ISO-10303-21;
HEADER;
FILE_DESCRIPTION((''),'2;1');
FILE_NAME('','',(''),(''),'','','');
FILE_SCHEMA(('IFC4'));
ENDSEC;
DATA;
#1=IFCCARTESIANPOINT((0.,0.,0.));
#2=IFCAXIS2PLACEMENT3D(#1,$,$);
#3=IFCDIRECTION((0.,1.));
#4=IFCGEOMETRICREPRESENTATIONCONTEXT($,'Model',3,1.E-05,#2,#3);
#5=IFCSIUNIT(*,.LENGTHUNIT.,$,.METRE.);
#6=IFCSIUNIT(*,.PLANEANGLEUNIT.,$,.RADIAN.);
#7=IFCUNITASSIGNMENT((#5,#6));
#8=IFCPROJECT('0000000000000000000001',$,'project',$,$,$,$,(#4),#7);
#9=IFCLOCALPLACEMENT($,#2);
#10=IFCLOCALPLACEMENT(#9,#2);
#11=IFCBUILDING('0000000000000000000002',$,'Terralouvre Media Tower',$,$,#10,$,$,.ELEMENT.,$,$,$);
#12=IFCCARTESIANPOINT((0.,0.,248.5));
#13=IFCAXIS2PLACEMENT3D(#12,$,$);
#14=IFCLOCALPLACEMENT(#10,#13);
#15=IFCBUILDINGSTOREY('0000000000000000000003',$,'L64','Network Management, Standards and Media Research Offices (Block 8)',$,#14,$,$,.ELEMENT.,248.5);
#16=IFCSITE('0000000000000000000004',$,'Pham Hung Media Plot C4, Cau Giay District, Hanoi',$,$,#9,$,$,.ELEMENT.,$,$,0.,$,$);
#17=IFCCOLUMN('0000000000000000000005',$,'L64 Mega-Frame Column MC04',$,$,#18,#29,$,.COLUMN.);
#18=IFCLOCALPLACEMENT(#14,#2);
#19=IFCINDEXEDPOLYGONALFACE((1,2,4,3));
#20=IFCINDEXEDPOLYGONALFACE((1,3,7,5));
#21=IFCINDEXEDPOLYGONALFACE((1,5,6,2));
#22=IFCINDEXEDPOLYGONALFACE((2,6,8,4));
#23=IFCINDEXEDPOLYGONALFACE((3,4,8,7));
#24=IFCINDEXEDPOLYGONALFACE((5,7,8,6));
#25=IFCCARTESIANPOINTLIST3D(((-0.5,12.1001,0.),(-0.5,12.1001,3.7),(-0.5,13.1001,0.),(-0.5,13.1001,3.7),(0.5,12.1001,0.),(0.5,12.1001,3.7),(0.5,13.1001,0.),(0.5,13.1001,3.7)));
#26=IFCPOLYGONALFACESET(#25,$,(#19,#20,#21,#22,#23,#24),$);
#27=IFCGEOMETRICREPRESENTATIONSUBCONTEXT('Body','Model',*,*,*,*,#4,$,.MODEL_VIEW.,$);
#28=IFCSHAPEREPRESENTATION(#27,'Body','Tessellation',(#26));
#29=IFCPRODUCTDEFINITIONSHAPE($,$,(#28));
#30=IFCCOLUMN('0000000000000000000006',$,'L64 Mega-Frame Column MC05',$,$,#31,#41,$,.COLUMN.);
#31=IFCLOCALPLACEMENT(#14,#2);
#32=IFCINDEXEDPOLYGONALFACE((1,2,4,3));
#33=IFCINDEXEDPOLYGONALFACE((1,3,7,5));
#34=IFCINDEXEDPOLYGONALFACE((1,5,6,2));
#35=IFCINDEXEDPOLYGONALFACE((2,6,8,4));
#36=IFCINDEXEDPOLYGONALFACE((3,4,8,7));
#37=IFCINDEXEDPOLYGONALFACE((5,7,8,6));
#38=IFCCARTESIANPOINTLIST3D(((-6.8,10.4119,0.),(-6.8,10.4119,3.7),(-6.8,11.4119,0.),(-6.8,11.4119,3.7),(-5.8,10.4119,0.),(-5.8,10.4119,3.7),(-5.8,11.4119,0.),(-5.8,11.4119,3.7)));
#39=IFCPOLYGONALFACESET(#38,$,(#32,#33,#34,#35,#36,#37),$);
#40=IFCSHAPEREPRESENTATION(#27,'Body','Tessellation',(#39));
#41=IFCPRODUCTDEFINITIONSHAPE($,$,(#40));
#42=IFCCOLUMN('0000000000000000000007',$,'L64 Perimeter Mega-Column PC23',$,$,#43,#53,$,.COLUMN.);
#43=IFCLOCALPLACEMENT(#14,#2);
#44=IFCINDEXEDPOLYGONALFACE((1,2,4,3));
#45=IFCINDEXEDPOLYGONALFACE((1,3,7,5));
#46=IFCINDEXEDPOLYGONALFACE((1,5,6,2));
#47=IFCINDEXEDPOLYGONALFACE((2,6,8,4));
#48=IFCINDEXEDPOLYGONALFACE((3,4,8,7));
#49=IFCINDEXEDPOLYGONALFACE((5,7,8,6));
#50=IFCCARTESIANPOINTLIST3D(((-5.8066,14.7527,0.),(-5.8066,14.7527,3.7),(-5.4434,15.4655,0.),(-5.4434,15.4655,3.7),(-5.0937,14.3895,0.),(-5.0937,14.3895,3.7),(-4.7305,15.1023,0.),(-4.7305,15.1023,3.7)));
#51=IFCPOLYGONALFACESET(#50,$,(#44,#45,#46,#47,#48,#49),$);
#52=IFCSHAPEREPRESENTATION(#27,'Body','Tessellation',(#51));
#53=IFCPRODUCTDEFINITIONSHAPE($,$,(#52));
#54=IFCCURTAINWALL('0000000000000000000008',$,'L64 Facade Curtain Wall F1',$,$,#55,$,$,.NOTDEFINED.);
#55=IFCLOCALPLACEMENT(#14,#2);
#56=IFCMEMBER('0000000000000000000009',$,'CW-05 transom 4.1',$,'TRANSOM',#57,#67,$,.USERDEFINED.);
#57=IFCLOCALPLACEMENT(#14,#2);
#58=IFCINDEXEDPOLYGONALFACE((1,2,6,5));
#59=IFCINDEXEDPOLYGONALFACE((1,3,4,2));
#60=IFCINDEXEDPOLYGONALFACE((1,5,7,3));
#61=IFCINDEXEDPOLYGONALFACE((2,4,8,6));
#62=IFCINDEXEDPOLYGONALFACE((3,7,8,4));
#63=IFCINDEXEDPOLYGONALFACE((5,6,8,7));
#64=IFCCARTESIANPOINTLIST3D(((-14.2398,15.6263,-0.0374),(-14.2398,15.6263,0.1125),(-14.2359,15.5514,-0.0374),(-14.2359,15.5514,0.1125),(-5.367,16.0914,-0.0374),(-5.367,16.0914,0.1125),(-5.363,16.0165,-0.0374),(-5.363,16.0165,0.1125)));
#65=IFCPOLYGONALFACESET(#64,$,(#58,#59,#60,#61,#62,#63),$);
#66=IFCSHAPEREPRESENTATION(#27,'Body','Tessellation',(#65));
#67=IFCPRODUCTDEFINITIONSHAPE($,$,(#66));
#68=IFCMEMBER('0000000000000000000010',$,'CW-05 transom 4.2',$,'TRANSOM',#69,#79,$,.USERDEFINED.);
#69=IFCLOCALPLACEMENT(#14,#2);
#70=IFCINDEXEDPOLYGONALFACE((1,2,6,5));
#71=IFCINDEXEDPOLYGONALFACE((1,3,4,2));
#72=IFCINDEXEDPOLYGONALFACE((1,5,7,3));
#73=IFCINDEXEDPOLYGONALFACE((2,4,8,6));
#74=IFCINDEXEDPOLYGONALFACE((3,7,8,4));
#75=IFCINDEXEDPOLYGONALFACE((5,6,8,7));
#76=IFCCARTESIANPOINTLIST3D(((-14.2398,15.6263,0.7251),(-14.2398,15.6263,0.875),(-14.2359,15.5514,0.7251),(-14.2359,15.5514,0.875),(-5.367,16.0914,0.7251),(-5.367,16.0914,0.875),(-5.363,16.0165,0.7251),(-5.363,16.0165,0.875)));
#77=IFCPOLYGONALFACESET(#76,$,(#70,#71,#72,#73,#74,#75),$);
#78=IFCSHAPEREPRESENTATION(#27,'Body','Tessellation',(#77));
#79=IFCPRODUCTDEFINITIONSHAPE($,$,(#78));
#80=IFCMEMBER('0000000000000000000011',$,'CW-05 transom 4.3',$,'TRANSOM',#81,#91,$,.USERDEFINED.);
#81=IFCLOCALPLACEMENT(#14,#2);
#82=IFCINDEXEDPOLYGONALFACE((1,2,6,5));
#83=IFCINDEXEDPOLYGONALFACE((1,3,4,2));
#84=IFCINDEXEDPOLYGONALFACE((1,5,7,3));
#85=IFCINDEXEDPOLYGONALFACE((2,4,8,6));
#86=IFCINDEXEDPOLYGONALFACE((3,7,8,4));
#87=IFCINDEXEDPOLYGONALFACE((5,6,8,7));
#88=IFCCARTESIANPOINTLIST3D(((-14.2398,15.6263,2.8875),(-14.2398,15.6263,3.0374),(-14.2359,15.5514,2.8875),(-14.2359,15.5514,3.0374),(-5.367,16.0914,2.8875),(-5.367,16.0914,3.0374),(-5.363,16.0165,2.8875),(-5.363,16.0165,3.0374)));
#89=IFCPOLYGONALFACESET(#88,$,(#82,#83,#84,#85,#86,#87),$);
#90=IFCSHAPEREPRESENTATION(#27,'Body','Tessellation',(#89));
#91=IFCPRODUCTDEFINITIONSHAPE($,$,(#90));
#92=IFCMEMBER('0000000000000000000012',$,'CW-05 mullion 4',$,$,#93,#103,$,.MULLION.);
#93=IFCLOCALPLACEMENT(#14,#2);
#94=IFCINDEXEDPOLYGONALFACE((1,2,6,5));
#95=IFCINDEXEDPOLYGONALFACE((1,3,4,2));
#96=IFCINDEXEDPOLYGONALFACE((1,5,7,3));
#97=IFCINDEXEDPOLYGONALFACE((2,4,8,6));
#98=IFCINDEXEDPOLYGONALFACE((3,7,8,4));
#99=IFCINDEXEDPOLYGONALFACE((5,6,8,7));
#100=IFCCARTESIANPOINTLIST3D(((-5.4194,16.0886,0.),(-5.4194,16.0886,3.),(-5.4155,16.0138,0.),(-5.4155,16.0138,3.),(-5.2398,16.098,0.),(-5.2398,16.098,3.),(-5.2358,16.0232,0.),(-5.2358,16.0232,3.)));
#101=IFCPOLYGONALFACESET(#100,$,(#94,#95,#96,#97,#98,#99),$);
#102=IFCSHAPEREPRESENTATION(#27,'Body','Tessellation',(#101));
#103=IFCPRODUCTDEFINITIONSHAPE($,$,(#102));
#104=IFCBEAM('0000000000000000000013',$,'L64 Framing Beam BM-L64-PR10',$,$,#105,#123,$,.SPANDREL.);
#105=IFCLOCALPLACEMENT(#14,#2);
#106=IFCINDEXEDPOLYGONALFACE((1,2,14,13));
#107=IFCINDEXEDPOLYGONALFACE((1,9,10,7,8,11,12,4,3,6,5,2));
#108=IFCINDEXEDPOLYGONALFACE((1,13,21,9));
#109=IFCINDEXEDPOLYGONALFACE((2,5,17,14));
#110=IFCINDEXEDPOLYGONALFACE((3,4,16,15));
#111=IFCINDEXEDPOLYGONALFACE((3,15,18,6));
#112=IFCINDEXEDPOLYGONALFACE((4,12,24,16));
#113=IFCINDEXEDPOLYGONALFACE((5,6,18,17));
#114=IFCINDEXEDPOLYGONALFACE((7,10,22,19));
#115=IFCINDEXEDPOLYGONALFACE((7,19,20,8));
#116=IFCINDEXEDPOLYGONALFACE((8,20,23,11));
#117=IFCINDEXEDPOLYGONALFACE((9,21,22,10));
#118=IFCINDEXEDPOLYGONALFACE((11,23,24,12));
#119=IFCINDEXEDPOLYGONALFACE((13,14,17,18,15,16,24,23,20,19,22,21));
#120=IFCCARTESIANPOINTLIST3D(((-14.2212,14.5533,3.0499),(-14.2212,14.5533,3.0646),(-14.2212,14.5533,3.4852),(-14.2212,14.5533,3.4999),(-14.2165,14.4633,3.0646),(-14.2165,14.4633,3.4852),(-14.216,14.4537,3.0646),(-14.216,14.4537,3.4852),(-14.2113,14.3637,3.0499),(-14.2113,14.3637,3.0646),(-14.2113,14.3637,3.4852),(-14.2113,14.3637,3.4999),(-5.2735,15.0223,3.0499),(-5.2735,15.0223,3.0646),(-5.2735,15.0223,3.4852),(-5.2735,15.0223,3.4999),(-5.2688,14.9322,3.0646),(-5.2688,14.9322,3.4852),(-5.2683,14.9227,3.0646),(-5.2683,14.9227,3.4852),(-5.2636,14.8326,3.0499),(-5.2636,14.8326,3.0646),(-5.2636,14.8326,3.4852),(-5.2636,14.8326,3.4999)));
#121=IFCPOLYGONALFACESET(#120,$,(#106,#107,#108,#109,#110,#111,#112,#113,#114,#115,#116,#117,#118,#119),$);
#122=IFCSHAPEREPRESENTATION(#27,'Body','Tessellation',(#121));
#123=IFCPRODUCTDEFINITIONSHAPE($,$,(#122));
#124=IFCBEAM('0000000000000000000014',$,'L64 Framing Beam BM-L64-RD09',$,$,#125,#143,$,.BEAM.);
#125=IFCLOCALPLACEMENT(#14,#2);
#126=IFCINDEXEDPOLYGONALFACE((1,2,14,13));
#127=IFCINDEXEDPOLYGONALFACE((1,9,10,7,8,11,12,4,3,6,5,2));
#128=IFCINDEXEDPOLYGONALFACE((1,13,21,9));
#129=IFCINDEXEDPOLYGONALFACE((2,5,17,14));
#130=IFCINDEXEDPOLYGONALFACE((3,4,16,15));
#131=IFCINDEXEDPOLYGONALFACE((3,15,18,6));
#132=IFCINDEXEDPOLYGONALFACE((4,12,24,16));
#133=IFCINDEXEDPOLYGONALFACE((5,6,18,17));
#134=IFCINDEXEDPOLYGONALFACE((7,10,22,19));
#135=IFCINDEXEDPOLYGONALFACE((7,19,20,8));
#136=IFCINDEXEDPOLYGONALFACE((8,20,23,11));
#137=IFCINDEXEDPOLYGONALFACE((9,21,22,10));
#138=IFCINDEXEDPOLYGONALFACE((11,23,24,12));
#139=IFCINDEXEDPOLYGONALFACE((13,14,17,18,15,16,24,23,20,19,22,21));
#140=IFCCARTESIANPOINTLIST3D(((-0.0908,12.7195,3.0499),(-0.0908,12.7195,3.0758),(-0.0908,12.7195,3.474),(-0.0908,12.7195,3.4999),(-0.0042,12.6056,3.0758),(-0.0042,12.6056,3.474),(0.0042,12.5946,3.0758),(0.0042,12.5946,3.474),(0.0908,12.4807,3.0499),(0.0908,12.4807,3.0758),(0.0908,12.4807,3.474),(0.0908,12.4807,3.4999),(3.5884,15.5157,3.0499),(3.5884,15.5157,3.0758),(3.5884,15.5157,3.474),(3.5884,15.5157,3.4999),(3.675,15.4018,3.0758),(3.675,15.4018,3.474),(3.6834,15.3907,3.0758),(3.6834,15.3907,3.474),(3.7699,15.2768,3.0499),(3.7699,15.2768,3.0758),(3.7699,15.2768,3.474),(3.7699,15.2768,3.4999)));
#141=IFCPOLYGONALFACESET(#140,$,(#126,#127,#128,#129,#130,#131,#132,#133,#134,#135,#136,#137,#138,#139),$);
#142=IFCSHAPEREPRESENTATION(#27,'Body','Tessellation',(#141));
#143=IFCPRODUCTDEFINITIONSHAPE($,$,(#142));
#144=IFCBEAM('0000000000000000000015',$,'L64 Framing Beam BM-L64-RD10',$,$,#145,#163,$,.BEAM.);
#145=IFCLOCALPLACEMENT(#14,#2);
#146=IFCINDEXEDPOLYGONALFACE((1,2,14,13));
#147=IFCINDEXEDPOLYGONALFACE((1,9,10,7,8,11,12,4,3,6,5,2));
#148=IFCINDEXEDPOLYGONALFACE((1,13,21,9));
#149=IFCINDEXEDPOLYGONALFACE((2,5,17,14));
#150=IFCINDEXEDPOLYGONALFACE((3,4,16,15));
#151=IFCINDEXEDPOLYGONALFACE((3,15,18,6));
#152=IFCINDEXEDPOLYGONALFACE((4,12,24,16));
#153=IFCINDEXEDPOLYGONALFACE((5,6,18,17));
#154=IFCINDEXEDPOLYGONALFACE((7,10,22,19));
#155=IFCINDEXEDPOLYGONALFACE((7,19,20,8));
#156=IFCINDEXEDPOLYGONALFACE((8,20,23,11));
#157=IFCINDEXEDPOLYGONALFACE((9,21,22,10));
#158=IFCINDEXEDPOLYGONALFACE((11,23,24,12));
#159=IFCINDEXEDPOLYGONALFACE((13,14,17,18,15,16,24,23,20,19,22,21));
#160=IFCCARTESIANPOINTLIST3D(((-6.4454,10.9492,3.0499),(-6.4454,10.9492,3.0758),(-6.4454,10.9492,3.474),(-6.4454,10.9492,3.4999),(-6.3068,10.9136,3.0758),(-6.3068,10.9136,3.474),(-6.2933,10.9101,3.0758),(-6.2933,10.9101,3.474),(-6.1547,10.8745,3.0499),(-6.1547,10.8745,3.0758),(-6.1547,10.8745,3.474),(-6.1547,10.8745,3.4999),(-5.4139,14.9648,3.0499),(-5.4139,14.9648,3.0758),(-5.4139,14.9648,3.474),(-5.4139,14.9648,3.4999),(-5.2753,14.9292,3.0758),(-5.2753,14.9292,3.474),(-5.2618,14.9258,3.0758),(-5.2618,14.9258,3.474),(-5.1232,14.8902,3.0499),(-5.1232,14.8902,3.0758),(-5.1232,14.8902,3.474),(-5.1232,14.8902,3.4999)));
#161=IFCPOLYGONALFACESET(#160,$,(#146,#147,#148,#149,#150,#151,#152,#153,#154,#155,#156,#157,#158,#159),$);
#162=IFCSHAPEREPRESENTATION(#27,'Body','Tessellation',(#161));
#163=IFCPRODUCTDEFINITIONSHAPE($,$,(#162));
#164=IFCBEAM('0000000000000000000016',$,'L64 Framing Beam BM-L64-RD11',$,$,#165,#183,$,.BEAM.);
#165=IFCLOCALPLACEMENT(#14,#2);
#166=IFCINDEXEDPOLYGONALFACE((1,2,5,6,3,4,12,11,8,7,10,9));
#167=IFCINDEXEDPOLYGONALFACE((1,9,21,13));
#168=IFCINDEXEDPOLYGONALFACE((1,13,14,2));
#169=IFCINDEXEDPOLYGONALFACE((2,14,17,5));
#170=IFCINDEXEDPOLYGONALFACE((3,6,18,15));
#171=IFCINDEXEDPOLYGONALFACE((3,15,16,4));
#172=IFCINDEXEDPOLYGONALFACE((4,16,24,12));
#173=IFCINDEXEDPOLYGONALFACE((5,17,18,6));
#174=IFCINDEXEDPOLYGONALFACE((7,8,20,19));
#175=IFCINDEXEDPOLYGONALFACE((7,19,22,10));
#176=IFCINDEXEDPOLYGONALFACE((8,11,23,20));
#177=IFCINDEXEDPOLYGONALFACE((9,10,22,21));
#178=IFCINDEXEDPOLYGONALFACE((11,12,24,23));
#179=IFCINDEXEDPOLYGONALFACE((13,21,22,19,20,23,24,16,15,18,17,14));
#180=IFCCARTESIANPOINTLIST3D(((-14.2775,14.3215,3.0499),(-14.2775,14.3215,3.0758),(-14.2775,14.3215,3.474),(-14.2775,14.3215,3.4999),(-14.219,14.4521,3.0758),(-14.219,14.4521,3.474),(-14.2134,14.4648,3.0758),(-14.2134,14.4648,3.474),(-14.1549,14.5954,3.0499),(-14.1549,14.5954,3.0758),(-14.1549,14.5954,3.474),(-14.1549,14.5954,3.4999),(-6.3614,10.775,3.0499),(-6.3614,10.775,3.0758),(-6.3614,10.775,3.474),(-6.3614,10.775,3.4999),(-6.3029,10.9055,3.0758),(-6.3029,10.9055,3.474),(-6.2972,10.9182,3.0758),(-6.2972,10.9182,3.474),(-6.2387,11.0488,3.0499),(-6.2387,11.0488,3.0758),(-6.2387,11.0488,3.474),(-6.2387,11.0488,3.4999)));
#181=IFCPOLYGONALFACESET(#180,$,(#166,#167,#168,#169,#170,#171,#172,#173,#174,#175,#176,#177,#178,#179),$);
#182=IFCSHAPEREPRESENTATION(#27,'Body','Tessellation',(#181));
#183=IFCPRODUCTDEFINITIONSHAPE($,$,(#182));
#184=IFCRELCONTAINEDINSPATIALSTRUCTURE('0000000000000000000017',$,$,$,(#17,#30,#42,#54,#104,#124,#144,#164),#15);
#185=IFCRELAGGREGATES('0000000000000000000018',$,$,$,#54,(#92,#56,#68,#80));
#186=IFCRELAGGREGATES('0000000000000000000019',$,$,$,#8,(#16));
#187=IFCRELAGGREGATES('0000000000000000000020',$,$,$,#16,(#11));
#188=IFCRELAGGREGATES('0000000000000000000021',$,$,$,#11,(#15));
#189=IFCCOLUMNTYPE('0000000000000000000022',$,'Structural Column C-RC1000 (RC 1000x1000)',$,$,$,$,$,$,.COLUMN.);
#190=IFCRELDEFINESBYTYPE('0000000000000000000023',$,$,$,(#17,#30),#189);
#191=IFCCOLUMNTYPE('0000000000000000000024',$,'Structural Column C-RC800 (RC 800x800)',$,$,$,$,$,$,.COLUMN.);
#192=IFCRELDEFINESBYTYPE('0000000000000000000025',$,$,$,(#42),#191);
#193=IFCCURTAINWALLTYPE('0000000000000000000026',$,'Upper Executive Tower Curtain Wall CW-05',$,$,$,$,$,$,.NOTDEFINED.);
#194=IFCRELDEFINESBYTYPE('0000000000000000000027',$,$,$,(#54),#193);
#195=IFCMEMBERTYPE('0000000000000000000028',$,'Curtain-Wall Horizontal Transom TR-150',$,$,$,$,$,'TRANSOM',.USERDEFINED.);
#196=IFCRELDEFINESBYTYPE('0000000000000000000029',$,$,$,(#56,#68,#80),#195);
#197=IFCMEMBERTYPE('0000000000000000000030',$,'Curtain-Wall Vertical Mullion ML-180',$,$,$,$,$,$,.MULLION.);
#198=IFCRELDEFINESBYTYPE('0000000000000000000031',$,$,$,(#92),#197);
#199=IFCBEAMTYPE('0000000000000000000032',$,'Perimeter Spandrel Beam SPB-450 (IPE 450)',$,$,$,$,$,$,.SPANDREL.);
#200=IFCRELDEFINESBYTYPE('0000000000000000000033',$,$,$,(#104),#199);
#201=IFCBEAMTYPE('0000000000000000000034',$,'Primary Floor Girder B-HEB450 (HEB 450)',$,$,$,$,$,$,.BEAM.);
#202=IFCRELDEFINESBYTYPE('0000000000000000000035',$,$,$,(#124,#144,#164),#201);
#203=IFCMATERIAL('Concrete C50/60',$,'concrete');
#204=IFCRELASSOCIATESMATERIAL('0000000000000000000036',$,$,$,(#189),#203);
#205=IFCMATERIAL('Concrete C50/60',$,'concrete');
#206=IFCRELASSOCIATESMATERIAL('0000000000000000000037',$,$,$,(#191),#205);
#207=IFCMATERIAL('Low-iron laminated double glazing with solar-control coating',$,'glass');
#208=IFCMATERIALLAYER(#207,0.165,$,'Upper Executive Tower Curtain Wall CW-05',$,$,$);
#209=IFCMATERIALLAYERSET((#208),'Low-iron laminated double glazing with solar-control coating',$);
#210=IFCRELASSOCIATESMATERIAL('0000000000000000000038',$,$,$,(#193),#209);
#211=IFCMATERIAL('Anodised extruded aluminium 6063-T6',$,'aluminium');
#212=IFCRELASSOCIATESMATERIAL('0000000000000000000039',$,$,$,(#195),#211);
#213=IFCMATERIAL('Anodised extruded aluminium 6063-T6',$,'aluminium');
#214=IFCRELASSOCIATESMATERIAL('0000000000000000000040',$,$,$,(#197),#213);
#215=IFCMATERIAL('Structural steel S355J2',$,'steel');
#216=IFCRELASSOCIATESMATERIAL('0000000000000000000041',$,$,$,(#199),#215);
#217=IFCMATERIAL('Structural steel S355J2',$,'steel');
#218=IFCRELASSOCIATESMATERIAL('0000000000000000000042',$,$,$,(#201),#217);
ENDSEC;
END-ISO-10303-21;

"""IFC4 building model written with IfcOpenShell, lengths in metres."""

from ifc_helpers import new_model, si_unit, direction, frame, origin, origin_2d, place, context, subcontext, project, spatial, rectangle, i_section, extrude, material, layer, layer_set, material_profile, profile_set, type_object, element, aggregate, save


model = new_model("IFC4")

# Units and contexts
model_context = context("Model", 3, precision=1e-05, world=origin(), true_north=direction((0.0, 1.0)))
body_context = subcontext(model_context, "Body", "Model", "MODEL_VIEW")
ifc_project = project(units=[si_unit("LENGTHUNIT", "METRE"), si_unit("PLANEANGLEUNIT", "RADIAN")], contexts=[model_context])

# Site, building, storey
site_placement = place(None, origin())
site = spatial("IfcSite", under=ifc_project, at=site_placement, Name="Pham Hung Media Plot C4, Cau Giay District, Hanoi", CompositionType="ELEMENT", RefElevation=0.0)
building_placement = place(site_placement, origin())
building = spatial("IfcBuilding", under=site, at=building_placement, Name="Terralouvre Media Tower", CompositionType="ELEMENT")
storey_placement = place(building_placement, frame((0.0, 0.0, 248.5)))
storey = spatial("IfcBuildingStorey", under=building, at=storey_placement, Name="L64", Description="Network Management, Standards and Media Research Offices (Block 8)", CompositionType="ELEMENT", Elevation=248.5)

# Columns
ifc_material_1 = material(Name="Concrete C50/60", Category="concrete")
ifc_material_profile_1 = material_profile(ifc_material_1, rectangle(XDim=1.0, YDim=1.0, at=origin_2d()), Name="RC 1000x1000")
ifc_profile_set_1 = profile_set([ifc_material_profile_1], Name="Concrete C50/60")
column_type_1 = type_object("IfcColumnType", Name="Structural Column C-RC1000 (RC 1000x1000)", PredefinedType="COLUMN", material=ifc_profile_set_1)
for number, where, z_axis, x_axis, name in (
    (1, (0.0, 12.6001, 0.0), (0.0, 0.0, 1.0), (1.0, 0.0, 0.0), "L64 Mega-Frame Column MC04"),
    (2, (-6.3, 10.9119, 0.0), (0.0, 0.0, 1.0), (1.0, 0.0, 0.0), "L64 Mega-Frame Column MC05"),
):
    element("IfcColumn", number, at=place(storey_placement, frame(where, z_axis=z_axis, x_axis=x_axis)), inside=storey, type_object=column_type_1, Name=name, PredefinedType="COLUMN", context=body_context, shape_type="SweptSolid", body=[
        extrude(rectangle(XDim=1.0, YDim=1.0, at=origin_2d()), origin(), (0.0, 0.0, 1.0), 3.7),
    ])
ifc_material_2 = material(Name="Concrete C50/60", Category="concrete")
ifc_material_profile_2 = material_profile(ifc_material_2, rectangle(XDim=0.8, YDim=0.8, at=origin_2d()), Name="RC 800x800")
ifc_profile_set_2 = profile_set([ifc_material_profile_2], Name="Concrete C50/60")
column_type_2 = type_object("IfcColumnType", Name="Structural Column C-RC800 (RC 800x800)", PredefinedType="COLUMN", material=ifc_profile_set_2)
column_placement = place(storey_placement, frame((-5.2686, 14.9275, 0.0), z_axis=(0.0, 0.0, 1.0), x_axis=(0.45399, 0.891007, 0.0)))
element("IfcColumn", 3, at=column_placement, inside=storey, type_object=column_type_2, Name="L64 Perimeter Mega-Column PC23", PredefinedType="COLUMN", context=body_context, shape_type="SweptSolid", body=[
    extrude(rectangle(XDim=0.8, YDim=0.8, at=origin_2d()), origin(), (0.0, 0.0, 1.0), 3.7),
])

# Curtain wall, members
ifc_material_3 = material(Name="Low-iron laminated double glazing with solar-control coating", Category="glass")
ifc_layer_1 = layer(ifc_material_3, 0.165, Name="Upper Executive Tower Curtain Wall CW-05")
ifc_layer_set_1 = layer_set([ifc_layer_1], Name="Low-iron laminated double glazing with solar-control coating")
curtain_wall_type = type_object("IfcCurtainWallType", Name="Upper Executive Tower Curtain Wall CW-05", PredefinedType="NOTDEFINED", material=ifc_layer_set_1)
curtain_wall_placement = place(storey_placement, origin())
curtain_wall = element("IfcCurtainWall", 4, at=curtain_wall_placement, inside=storey, type_object=curtain_wall_type, Name="L64 Facade Curtain Wall F1", PredefinedType="NOTDEFINED")
ifc_material_4 = material(Name="Anodised extruded aluminium 6063-T6", Category="aluminium")
ifc_material_profile_3 = material_profile(ifc_material_4, rectangle(XDim=0.075, YDim=0.1499, at=origin_2d()), Name="ALU 75x150")
ifc_profile_set_3 = profile_set([ifc_material_profile_3], Name="Anodised extruded aluminium 6063-T6")
member_type_1 = type_object("IfcMemberType", Name="Curtain-Wall Horizontal Transom TR-150", ElementType="TRANSOM", PredefinedType="USERDEFINED", material=ifc_profile_set_3)
member_1_placement = place(storey_placement, frame((-5.365, 16.054, 0.0376), z_axis=(-0.998629, -0.052345, 0.0), x_axis=(0.052345, -0.998629, 0.0)))
member_1 = element("IfcMember", 5, at=member_1_placement, type_object=member_type_1, Name="CW-05 transom 4.1", ObjectType="TRANSOM", PredefinedType="USERDEFINED", context=body_context, shape_type="SweptSolid", body=[
    extrude(rectangle(XDim=0.075, YDim=0.1499, at=origin_2d()), origin(), (0.0, 0.0, 1.0), 8.885),
])
member_2_placement = place(storey_placement, frame((-5.365, 16.054, 0.8), z_axis=(-0.998629, -0.052345, 0.0), x_axis=(0.052345, -0.998629, 0.0)))
member_2 = element("IfcMember", 6, at=member_2_placement, type_object=member_type_1, Name="CW-05 transom 4.2", ObjectType="TRANSOM", PredefinedType="USERDEFINED", context=body_context, shape_type="SweptSolid", body=[
    extrude(rectangle(XDim=0.075, YDim=0.1499, at=origin_2d()), origin(), (0.0, 0.0, 1.0), 8.885),
])
member_3_placement = place(storey_placement, frame((-5.365, 16.054, 2.9624), z_axis=(-0.998629, -0.052345, 0.0), x_axis=(0.052345, -0.998629, 0.0)))
member_3 = element("IfcMember", 7, at=member_3_placement, type_object=member_type_1, Name="CW-05 transom 4.3", ObjectType="TRANSOM", PredefinedType="USERDEFINED", context=body_context, shape_type="SweptSolid", body=[
    extrude(rectangle(XDim=0.075, YDim=0.1499, at=origin_2d()), origin(), (0.0, 0.0, 1.0), 8.885),
])
ifc_material_5 = material(Name="Anodised extruded aluminium 6063-T6", Category="aluminium")
ifc_material_profile_4 = material_profile(ifc_material_5, rectangle(XDim=0.075, YDim=0.1799, at=origin_2d()), Name="ALU 75x180")
ifc_profile_set_4 = profile_set([ifc_material_profile_4], Name="Anodised extruded aluminium 6063-T6")
member_type_2 = type_object("IfcMemberType", Name="Curtain-Wall Vertical Mullion ML-180", PredefinedType="MULLION", material=ifc_profile_set_4)
member_4_placement = place(storey_placement, frame((-5.3276, 16.0559, 0.0), z_axis=(0.0, 0.0, 1.0), x_axis=(0.052336, -0.99863, 0.0)))
member_4 = element("IfcMember", 8, at=member_4_placement, type_object=member_type_2, Name="CW-05 mullion 4", PredefinedType="MULLION", context=body_context, shape_type="SweptSolid", body=[
    extrude(rectangle(XDim=0.075, YDim=0.1799, at=origin_2d()), origin(), (0.0, 0.0, 1.0), 3.0),
])

# Beams
ifc_material_6 = material(Name="Structural steel S355J2", Category="steel")
ifc_material_profile_5 = material_profile(ifc_material_6, i_section(OverallWidth=0.1899, OverallDepth=0.45, WebThickness=0.0095, FlangeThickness=0.0146, at=origin_2d()), Name="IPE 450")
ifc_profile_set_5 = profile_set([ifc_material_profile_5], Name="Structural steel S355J2")
beam_type_1 = type_object("IfcBeamType", Name="Perimeter Spandrel Beam SPB-450 (IPE 450)", PredefinedType="SPANDREL", material=ifc_profile_set_5)
beam_1_placement = place(storey_placement, frame((-5.2686, 14.9275, 3.2749), z_axis=(-0.998629, -0.052343, 0.0), x_axis=(0.052343, -0.998629, 0.0)))
element("IfcBeam", 9, at=beam_1_placement, inside=storey, type_object=beam_type_1, Name="L64 Framing Beam BM-L64-PR10", PredefinedType="SPANDREL", context=body_context, shape_type="SweptSolid", body=[
    extrude(i_section(OverallWidth=0.1899, OverallDepth=0.45, WebThickness=0.0095, FlangeThickness=0.0146, at=origin_2d()), origin(), (0.0, 0.0, 1.0), 8.96),
])
ifc_material_7 = material(Name="Structural steel S355J2", Category="steel")
ifc_material_profile_6 = material_profile(ifc_material_7, i_section(OverallWidth=0.3, OverallDepth=0.45, WebThickness=0.0139, FlangeThickness=0.0259, at=origin_2d()), Name="HEB 450")
ifc_profile_set_6 = profile_set([ifc_material_profile_6], Name="Structural steel S355J2")
beam_type_2 = type_object("IfcBeamType", Name="Primary Floor Girder B-HEB450 (HEB 450)", PredefinedType="BEAM", material=ifc_profile_set_6)
beam_2_placement = place(storey_placement, frame((0.0, 12.6001, 3.2749), z_axis=(0.796167, 0.605077, 0.0), x_axis=(-0.605077, 0.796167, 0.0)))
element("IfcBeam", 10, at=beam_2_placement, inside=storey, type_object=beam_type_2, Name="L64 Framing Beam BM-L64-RD09", PredefinedType="BEAM", context=body_context, shape_type="SweptSolid", body=[
    extrude(i_section(OverallWidth=0.3, OverallDepth=0.45, WebThickness=0.0139, FlangeThickness=0.0259, at=origin_2d()), origin(), (0.0, 0.0, 1.0), 4.6211),
])
beam_3_placement = place(storey_placement, frame((-6.3, 10.9119, 3.2749), z_axis=(0.248793, 0.968557, 0.0), x_axis=(-0.968557, 0.248793, 0.0)))
element("IfcBeam", 11, at=beam_3_placement, inside=storey, type_object=beam_type_2, Name="L64 Framing Beam BM-L64-RD10", PredefinedType="BEAM", context=body_context, shape_type="SweptSolid", body=[
    extrude(i_section(OverallWidth=0.3, OverallDepth=0.45, WebThickness=0.0139, FlangeThickness=0.0259, at=origin_2d()), origin(), (0.0, 0.0, 1.0), 4.146),
])
beam_4_placement = place(storey_placement, frame((-6.3, 10.9119, 3.2749), z_axis=(-0.912597, 0.40886, 0.0), x_axis=(-0.40886, -0.912597, 0.0)))
element("IfcBeam", 12, at=beam_4_placement, inside=storey, type_object=beam_type_2, Name="L64 Framing Beam BM-L64-RD11", PredefinedType="BEAM", context=body_context, shape_type="SweptSolid", body=[
    extrude(i_section(OverallWidth=0.3, OverallDepth=0.45, WebThickness=0.0139, FlangeThickness=0.0259, at=origin_2d()), origin(), (0.0, 0.0, 1.0), 8.6743),
])

aggregate(curtain_wall, [member_4, member_1, member_2, member_3])

save(model, "model.ifc")
